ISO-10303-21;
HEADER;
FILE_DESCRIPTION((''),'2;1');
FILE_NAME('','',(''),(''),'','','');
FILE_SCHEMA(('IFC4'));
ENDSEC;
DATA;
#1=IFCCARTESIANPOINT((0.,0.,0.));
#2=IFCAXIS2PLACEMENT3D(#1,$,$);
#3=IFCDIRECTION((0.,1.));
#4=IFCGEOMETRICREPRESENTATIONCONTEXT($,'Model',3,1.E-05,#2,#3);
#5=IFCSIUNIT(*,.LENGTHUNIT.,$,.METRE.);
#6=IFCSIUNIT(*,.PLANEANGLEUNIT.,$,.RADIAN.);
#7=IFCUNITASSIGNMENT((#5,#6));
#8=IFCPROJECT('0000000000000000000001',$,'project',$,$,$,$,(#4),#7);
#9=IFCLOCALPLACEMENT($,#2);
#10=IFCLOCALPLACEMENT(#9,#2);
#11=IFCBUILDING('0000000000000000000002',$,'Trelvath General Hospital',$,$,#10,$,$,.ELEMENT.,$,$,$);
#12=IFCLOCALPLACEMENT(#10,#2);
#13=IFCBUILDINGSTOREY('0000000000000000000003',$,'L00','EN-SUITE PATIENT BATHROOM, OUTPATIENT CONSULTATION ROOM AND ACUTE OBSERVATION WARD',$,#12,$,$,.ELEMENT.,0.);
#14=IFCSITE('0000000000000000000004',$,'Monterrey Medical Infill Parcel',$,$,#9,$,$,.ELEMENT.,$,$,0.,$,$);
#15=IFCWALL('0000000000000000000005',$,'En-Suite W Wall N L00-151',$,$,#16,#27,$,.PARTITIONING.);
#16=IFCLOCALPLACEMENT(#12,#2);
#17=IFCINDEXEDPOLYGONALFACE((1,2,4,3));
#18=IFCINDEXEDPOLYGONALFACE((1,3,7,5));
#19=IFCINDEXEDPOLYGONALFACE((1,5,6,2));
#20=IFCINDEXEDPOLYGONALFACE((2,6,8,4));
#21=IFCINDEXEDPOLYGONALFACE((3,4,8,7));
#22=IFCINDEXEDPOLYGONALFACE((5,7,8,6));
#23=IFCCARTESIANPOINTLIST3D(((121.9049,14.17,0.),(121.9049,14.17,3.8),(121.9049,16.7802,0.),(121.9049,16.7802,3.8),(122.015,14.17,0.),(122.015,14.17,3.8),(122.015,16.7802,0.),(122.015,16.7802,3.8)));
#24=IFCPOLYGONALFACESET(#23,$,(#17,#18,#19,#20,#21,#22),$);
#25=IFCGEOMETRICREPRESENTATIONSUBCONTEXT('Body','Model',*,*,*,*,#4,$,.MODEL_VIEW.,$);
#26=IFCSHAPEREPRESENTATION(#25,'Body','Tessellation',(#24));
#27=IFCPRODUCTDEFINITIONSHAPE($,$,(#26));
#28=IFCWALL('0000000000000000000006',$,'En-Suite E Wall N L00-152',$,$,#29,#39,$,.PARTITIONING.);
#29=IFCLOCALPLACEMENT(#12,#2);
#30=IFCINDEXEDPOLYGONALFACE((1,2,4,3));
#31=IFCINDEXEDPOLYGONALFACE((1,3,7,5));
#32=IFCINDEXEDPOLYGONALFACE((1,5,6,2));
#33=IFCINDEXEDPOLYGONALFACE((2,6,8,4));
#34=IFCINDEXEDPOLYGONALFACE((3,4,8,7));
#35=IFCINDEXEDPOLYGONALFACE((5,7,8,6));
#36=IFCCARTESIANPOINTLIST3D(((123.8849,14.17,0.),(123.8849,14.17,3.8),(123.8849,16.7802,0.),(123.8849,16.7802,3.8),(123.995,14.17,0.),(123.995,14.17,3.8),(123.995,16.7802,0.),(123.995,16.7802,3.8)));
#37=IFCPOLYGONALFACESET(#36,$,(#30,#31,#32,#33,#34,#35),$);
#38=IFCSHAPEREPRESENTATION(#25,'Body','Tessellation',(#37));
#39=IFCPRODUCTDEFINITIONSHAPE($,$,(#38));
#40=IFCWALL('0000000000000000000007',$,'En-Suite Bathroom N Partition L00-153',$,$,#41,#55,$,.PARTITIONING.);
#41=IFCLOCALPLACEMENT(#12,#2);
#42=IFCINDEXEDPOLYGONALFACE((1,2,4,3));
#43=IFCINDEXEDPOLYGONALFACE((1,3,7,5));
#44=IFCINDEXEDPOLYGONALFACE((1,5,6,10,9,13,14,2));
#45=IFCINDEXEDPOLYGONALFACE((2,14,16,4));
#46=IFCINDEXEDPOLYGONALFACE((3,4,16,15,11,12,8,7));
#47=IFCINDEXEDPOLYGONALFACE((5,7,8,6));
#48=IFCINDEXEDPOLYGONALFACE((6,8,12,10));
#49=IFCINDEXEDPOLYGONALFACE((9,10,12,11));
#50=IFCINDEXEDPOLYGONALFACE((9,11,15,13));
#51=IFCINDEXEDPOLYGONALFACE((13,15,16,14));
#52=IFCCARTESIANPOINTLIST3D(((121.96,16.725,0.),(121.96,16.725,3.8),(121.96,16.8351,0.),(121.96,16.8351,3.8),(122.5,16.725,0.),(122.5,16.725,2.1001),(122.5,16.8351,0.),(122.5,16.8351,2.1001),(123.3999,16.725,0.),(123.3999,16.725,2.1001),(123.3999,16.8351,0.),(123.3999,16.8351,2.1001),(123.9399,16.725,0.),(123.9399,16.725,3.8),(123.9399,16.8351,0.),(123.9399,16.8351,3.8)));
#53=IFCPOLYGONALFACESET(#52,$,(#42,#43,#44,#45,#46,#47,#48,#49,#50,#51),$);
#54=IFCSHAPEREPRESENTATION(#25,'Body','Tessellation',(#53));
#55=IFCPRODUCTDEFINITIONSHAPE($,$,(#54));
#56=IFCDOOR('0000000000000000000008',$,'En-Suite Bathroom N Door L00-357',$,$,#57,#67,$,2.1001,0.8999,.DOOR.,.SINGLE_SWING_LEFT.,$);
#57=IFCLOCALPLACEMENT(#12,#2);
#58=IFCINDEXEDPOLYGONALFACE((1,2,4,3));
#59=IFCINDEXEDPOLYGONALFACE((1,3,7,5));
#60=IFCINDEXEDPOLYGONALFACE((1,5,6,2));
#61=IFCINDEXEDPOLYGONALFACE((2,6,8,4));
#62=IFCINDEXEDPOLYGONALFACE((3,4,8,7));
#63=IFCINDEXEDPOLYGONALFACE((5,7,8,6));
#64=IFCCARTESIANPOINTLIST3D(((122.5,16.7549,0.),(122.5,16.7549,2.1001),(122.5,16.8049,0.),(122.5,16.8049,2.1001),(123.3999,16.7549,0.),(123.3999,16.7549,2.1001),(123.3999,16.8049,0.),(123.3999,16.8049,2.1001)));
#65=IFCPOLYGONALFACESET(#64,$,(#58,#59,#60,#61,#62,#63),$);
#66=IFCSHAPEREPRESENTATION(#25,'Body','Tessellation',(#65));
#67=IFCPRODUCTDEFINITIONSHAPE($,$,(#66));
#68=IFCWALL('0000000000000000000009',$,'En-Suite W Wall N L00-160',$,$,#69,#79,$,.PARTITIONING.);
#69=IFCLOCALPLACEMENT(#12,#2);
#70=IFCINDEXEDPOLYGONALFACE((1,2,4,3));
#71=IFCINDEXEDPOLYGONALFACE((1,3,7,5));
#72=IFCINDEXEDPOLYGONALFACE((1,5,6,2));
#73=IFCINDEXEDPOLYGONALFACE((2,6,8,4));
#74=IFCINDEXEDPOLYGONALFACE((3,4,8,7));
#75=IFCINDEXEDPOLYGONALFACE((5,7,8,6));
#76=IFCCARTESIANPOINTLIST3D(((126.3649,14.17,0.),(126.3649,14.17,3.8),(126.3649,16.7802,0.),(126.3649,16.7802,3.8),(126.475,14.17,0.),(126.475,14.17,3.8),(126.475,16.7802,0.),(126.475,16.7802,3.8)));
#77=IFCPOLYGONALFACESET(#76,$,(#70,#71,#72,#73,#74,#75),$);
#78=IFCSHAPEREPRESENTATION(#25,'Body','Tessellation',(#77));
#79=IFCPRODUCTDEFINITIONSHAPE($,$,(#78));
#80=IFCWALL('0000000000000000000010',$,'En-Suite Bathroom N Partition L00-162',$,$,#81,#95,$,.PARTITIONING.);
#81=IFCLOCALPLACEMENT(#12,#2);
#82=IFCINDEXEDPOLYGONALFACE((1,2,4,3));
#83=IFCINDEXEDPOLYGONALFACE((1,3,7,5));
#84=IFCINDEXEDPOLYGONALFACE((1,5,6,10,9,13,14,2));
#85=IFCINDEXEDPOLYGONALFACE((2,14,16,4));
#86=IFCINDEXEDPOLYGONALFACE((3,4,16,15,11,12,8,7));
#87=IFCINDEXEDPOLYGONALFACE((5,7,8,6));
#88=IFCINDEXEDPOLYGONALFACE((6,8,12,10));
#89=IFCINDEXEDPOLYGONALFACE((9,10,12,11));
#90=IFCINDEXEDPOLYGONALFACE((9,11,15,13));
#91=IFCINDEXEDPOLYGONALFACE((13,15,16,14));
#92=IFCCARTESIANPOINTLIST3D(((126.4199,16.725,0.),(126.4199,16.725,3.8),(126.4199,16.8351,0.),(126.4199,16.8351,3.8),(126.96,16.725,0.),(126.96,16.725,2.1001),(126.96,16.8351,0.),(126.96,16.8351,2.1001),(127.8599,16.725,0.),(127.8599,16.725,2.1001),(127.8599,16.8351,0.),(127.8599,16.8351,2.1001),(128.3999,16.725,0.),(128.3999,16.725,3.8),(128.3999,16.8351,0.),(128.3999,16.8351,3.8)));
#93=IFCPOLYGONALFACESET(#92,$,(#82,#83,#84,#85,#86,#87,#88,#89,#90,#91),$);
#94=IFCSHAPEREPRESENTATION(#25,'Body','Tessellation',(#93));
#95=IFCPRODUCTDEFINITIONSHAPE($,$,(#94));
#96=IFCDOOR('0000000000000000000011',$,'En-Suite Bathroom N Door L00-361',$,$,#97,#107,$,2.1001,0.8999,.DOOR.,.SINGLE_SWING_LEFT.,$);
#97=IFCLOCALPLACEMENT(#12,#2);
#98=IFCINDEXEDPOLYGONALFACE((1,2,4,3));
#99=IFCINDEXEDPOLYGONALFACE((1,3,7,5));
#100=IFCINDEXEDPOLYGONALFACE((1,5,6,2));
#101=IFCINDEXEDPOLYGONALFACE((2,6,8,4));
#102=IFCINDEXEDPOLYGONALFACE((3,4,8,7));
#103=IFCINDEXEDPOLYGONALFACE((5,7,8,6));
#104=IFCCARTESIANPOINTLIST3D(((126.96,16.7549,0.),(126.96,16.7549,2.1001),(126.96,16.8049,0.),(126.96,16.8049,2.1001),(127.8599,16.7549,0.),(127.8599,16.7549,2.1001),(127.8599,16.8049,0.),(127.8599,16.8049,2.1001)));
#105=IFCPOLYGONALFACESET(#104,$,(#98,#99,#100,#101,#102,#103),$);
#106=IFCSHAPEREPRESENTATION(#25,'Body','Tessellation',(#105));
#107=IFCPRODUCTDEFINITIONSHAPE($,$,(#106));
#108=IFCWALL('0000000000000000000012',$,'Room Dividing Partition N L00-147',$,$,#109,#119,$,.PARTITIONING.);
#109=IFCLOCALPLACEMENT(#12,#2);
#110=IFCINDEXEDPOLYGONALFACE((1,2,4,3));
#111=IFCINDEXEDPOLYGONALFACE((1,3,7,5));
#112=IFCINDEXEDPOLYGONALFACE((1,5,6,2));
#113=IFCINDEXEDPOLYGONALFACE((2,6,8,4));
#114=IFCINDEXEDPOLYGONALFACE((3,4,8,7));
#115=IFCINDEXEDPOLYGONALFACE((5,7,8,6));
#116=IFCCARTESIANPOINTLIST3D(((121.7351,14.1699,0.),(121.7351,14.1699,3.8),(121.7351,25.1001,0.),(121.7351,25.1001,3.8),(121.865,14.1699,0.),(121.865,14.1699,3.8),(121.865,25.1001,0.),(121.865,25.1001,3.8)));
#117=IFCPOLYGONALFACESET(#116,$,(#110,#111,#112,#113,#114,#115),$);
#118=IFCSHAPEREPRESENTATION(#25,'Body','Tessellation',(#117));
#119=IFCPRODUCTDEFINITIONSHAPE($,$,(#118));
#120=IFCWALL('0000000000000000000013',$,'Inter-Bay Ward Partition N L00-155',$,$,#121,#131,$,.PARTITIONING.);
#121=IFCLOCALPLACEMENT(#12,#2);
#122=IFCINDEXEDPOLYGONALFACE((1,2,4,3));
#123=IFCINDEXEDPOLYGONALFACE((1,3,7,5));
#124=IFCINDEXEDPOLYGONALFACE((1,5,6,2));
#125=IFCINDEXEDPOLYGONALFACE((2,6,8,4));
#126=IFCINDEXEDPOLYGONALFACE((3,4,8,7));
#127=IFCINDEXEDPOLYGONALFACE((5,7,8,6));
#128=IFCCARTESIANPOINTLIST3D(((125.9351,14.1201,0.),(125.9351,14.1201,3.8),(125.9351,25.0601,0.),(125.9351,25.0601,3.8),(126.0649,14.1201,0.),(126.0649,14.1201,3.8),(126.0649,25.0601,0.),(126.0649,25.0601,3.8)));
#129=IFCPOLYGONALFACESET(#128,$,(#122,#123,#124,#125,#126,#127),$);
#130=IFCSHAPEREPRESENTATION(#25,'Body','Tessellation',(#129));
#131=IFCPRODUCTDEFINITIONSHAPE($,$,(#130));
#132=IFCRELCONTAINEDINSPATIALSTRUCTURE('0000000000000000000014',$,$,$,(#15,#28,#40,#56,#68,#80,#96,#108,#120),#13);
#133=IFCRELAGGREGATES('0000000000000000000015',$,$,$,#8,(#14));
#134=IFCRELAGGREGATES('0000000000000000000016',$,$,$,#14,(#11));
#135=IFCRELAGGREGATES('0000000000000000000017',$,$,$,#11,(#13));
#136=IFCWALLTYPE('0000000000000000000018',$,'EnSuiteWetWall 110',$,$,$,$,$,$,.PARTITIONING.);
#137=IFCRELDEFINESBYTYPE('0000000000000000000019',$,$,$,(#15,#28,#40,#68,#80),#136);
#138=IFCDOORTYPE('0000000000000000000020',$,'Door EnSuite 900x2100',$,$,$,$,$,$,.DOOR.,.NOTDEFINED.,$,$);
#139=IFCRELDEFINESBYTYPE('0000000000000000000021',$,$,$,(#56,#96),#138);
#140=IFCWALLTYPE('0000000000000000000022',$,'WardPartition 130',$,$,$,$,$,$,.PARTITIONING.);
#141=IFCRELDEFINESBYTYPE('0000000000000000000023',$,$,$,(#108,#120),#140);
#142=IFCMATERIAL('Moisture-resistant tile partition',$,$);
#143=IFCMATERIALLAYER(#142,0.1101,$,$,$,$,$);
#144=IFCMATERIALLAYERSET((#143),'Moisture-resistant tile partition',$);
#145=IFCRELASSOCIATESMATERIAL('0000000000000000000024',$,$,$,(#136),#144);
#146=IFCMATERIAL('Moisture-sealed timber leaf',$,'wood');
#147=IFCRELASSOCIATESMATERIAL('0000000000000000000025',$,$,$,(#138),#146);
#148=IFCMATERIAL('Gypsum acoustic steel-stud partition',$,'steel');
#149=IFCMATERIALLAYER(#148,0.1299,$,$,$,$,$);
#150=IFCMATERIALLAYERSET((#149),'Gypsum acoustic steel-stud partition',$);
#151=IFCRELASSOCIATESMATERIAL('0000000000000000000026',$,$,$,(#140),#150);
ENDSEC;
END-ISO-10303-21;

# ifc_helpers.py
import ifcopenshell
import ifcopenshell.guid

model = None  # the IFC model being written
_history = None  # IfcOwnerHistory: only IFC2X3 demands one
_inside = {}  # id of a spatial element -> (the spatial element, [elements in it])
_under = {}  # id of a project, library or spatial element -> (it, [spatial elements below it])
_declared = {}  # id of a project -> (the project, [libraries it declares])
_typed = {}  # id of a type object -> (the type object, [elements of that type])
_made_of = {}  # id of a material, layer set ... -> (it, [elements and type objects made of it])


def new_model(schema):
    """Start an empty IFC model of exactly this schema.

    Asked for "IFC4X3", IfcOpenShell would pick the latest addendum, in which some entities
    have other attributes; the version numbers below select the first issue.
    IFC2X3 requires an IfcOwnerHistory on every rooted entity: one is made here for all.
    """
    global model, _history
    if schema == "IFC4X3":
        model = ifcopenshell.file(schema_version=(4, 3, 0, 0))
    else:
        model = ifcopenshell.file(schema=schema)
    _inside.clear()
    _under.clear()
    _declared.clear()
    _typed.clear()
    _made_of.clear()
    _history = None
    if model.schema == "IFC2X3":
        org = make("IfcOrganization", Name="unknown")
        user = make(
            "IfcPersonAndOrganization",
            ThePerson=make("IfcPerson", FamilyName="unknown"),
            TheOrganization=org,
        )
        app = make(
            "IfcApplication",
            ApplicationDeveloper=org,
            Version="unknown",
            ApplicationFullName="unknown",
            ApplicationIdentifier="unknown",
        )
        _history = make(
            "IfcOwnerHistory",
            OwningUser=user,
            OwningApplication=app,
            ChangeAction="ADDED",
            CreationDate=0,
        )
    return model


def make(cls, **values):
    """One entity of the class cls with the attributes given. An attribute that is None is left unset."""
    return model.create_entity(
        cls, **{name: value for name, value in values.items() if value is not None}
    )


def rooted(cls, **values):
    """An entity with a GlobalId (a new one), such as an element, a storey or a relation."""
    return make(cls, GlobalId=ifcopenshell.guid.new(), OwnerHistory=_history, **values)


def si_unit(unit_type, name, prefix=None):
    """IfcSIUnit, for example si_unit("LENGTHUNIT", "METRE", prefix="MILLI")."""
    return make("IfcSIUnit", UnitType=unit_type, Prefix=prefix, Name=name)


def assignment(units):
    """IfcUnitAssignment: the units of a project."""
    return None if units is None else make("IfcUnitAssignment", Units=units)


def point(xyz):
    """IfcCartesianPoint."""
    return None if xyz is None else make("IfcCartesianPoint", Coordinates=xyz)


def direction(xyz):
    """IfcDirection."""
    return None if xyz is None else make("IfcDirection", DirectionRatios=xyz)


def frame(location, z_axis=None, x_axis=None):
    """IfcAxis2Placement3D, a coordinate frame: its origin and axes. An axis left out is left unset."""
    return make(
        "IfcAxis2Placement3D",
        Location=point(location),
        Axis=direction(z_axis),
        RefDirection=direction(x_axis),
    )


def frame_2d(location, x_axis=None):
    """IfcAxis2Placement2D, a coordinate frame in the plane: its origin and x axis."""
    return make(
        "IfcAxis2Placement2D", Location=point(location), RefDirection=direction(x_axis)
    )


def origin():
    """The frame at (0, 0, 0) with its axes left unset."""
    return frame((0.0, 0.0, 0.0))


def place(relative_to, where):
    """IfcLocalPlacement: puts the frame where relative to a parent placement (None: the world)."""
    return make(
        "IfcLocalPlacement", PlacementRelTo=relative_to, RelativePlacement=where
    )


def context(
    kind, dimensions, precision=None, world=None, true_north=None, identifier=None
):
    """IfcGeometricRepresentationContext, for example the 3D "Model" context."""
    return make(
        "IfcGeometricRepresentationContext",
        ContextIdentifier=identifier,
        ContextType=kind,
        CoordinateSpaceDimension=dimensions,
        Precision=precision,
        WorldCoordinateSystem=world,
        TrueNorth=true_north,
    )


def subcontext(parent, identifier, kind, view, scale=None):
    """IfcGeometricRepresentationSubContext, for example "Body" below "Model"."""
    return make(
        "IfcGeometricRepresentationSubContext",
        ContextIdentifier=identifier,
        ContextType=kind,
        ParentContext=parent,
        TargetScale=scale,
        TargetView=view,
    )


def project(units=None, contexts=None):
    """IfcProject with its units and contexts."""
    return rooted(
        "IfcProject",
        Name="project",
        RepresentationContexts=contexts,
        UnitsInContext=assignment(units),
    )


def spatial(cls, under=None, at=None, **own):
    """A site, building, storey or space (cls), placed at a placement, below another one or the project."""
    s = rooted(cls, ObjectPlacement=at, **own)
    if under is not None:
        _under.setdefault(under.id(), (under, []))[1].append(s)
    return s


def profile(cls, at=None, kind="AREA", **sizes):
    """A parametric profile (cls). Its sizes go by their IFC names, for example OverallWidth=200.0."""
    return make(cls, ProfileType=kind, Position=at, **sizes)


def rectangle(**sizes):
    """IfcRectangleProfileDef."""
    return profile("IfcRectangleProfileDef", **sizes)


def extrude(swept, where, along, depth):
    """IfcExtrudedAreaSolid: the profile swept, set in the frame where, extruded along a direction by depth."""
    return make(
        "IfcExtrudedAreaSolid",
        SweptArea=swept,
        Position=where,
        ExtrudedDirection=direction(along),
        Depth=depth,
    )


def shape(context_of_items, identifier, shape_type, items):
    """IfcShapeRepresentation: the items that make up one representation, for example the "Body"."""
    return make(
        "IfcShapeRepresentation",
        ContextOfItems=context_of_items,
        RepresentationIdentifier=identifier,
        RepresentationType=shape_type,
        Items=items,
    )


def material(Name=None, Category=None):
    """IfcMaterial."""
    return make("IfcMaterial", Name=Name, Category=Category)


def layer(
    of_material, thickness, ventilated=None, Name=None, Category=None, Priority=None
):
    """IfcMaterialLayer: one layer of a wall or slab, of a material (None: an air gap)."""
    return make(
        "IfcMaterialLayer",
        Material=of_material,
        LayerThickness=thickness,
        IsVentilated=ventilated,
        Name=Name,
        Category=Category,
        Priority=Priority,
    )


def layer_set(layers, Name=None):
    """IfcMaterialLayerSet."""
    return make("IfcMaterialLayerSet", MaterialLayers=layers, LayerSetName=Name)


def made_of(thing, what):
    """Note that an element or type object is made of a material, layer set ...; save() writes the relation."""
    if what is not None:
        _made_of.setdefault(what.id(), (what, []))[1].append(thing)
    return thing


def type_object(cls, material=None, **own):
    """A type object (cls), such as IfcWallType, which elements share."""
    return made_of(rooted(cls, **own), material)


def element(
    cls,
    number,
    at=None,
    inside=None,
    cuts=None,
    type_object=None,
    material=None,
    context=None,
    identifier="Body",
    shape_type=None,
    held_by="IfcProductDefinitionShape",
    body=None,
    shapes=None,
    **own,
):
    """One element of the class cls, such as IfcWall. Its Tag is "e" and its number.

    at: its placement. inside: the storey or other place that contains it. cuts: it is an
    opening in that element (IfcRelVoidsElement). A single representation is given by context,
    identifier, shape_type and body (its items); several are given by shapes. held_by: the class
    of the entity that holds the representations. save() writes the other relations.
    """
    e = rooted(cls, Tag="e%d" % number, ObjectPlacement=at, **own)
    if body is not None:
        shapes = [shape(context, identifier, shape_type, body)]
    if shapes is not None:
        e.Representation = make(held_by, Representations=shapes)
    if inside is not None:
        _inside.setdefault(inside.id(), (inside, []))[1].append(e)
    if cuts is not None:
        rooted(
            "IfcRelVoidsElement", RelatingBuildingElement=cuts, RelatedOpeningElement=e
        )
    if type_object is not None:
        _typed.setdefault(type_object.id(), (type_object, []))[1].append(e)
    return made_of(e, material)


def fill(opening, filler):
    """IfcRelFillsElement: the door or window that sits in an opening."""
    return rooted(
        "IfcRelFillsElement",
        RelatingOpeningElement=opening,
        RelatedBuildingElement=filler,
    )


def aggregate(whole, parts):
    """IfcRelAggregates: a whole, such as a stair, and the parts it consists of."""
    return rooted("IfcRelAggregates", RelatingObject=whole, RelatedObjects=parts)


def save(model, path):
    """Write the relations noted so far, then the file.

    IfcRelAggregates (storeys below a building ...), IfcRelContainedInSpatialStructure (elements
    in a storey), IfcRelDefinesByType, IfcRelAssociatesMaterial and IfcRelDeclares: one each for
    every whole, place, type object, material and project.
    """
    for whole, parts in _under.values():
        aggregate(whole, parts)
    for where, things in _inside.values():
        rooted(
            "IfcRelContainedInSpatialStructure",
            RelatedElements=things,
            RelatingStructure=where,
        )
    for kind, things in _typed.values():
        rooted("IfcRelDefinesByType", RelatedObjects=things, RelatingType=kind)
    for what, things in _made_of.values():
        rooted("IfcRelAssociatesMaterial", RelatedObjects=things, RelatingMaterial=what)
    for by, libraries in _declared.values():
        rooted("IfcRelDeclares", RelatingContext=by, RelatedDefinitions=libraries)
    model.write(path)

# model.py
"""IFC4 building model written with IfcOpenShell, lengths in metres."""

from ifc_helpers import new_model, si_unit, direction, frame, frame_2d, origin, place, context, subcontext, project, spatial, rectangle, extrude, material, layer, layer_set, type_object, element, fill, save


model = new_model("IFC4")

# Units and contexts
model_context = context("Model", 3, precision=1e-05, world=origin(), true_north=direction((0.0, 1.0)))
body_context = subcontext(model_context, "Body", "Model", "MODEL_VIEW")
ifc_project = project(units=[si_unit("LENGTHUNIT", "METRE"), si_unit("PLANEANGLEUNIT", "RADIAN")], contexts=[model_context])

# Site, building, storey
site_placement = place(None, origin())
site = spatial("IfcSite", under=ifc_project, at=site_placement, Name="Monterrey Medical Infill Parcel", CompositionType="ELEMENT", RefElevation=0.0)
building_placement = place(site_placement, origin())
building = spatial("IfcBuilding", under=site, at=building_placement, Name="Trelvath General Hospital", CompositionType="ELEMENT")
storey_placement = place(building_placement, origin())
storey = spatial("IfcBuildingStorey", under=building, at=storey_placement, Name="L00", Description="EN-SUITE PATIENT BATHROOM, OUTPATIENT CONSULTATION ROOM AND ACUTE OBSERVATION WARD", CompositionType="ELEMENT", Elevation=0.0)

# Shared definitions
ifc_material_1 = material(Name="Moisture-resistant tile partition")
ifc_layer_1 = layer(ifc_material_1, 0.1101)
ifc_layer_set_1 = layer_set([ifc_layer_1], Name="Moisture-resistant tile partition")
wall_type_1 = type_object("IfcWallType", Name="EnSuiteWetWall 110", PredefinedType="PARTITIONING", material=ifc_layer_set_1)

# Shared definitions
ifc_material_2 = material(Name="Moisture-sealed timber leaf", Category="wood")
door_type_1 = type_object("IfcDoorType", Name="Door EnSuite 900x2100", OperationType="NOTDEFINED", PredefinedType="DOOR", material=ifc_material_2)

# Walls
for number, where, z_axis, x_axis, name in (
    (1, (121.96, 14.1699, 0.0), (0.0, 0.0, 1.0), (0.0, 1.0, 0.0), "En-Suite W Wall N L00-151"),
    (2, (123.9399, 14.1699, 0.0), (0.0, 0.0, 1.0), (0.0, 1.0, 0.0), "En-Suite E Wall N L00-152"),
):
    element("IfcWall", number, at=place(storey_placement, frame(where, z_axis=z_axis, x_axis=x_axis)), inside=storey, type_object=wall_type_1, Name=name, PredefinedType="PARTITIONING", context=body_context, shape_type="SweptSolid", body=[
        extrude(rectangle(XDim=2.6101, YDim=0.1101, at=frame_2d((1.3052, 0.0))), origin(), (0.0, 0.0, 1.0), 3.8),
    ])

# Wall, opening, door
wall_1_placement = place(storey_placement, frame((121.96, 16.78, 0.0), z_axis=(0.0, 0.0, 1.0), x_axis=(1.0, 0.0, 0.0)))
wall_1 = element("IfcWall", 3, at=wall_1_placement, inside=storey, type_object=wall_type_1, Name="En-Suite Bathroom N Partition L00-153", PredefinedType="PARTITIONING", context=body_context, shape_type="SweptSolid", body=[
    extrude(rectangle(XDim=1.98, YDim=0.1101, at=frame_2d((0.99, 0.0))), origin(), (0.0, 0.0, 1.0), 3.8),
])
opening_1_placement = place(wall_1_placement, frame((0.54, 0.0, 0.0)))
opening_1 = element("IfcOpeningElement", 4, at=opening_1_placement, cuts=wall_1, PredefinedType="OPENING", context=body_context, shape_type="SweptSolid", body=[
    extrude(rectangle(XDim=0.8999, YDim=2.1001, at=frame_2d((0.45, 1.05))), frame((0.0, 0.0649, 0.0), z_axis=(0.0, -1.0, 0.0), x_axis=(1.0, 0.0, 0.0)), (0.0, 0.0, 1.0), 0.1301),
])
door_1_placement = place(opening_1_placement, origin())
door_1 = element("IfcDoor", 5, at=door_1_placement, inside=storey, type_object=door_type_1, Name="En-Suite Bathroom N Door L00-357", OperationType="SINGLE_SWING_LEFT", OverallHeight=2.1001, OverallWidth=0.8999, PredefinedType="DOOR", context=body_context, shape_type="SweptSolid", body=[
    extrude(rectangle(XDim=0.8999, YDim=2.1001, at=frame_2d((0.45, 1.05))), frame((0.0, 0.0249, 0.0), z_axis=(0.0, -1.0, 0.0), x_axis=(1.0, 0.0, 0.0)), (0.0, 0.0, 1.0), 0.05),
])
fill(opening_1, door_1)

# Wall
wall_2_placement = place(storey_placement, frame((126.4199, 14.1699, 0.0), z_axis=(0.0, 0.0, 1.0), x_axis=(0.0, 1.0, 0.0)))
element("IfcWall", 6, at=wall_2_placement, inside=storey, type_object=wall_type_1, Name="En-Suite W Wall N L00-160", PredefinedType="PARTITIONING", context=body_context, shape_type="SweptSolid", body=[
    extrude(rectangle(XDim=2.6101, YDim=0.1101, at=frame_2d((1.3052, 0.0))), origin(), (0.0, 0.0, 1.0), 3.8),
])

# Wall, opening, door
wall_3_placement = place(storey_placement, frame((126.4199, 16.78, 0.0), z_axis=(0.0, 0.0, 1.0), x_axis=(1.0, 0.0, 0.0)))
wall_3 = element("IfcWall", 7, at=wall_3_placement, inside=storey, type_object=wall_type_1, Name="En-Suite Bathroom N Partition L00-162", PredefinedType="PARTITIONING", context=body_context, shape_type="SweptSolid", body=[
    extrude(rectangle(XDim=1.98, YDim=0.1101, at=frame_2d((0.99, 0.0))), origin(), (0.0, 0.0, 1.0), 3.8),
])
opening_2_placement = place(wall_3_placement, frame((0.54, 0.0, 0.0)))
opening_2 = element("IfcOpeningElement", 8, at=opening_2_placement, cuts=wall_3, PredefinedType="OPENING", context=body_context, shape_type="SweptSolid", body=[
    extrude(rectangle(XDim=0.8999, YDim=2.1001, at=frame_2d((0.45, 1.05))), frame((0.0, 0.0649, 0.0), z_axis=(0.0, -1.0, 0.0), x_axis=(1.0, 0.0, 0.0)), (0.0, 0.0, 1.0), 0.1301),
])
door_2_placement = place(opening_2_placement, origin())
door_2 = element("IfcDoor", 9, at=door_2_placement, inside=storey, type_object=door_type_1, Name="En-Suite Bathroom N Door L00-361", OperationType="SINGLE_SWING_LEFT", OverallHeight=2.1001, OverallWidth=0.8999, PredefinedType="DOOR", context=body_context, shape_type="SweptSolid", body=[
    extrude(rectangle(XDim=0.8999, YDim=2.1001, at=frame_2d((0.45, 1.05))), frame((0.0, 0.0249, 0.0), z_axis=(0.0, -1.0, 0.0), x_axis=(1.0, 0.0, 0.0)), (0.0, 0.0, 1.0), 0.05),
])
fill(opening_2, door_2)

# Walls
ifc_material_3 = material(Name="Gypsum acoustic steel-stud partition", Category="steel")
ifc_layer_2 = layer(ifc_material_3, 0.1299)
ifc_layer_set_2 = layer_set([ifc_layer_2], Name="Gypsum acoustic steel-stud partition")
wall_type_2 = type_object("IfcWallType", Name="WardPartition 130", PredefinedType="PARTITIONING", material=ifc_layer_set_2)
wall_4_placement = place(storey_placement, frame((121.8, 14.1699, 0.0), z_axis=(0.0, 0.0, 1.0), x_axis=(0.0, 1.0, 0.0)))
element("IfcWall", 10, at=wall_4_placement, inside=storey, type_object=wall_type_2, Name="Room Dividing Partition N L00-147", PredefinedType="PARTITIONING", context=body_context, shape_type="SweptSolid", body=[
    extrude(rectangle(XDim=10.9302, YDim=0.1299, at=frame_2d((5.4651, 0.0))), origin(), (0.0, 0.0, 1.0), 3.8),
])
wall_5_placement = place(storey_placement, frame((126.0, 14.1201, 0.0), z_axis=(0.0, 0.0, 1.0), x_axis=(0.0, 1.0, 0.0)))
element("IfcWall", 11, at=wall_5_placement, inside=storey, type_object=wall_type_2, Name="Inter-Bay Ward Partition N L00-155", PredefinedType="PARTITIONING", context=body_context, shape_type="SweptSolid", body=[
    extrude(rectangle(XDim=10.9399, YDim=0.1299, at=frame_2d((5.47, 0.0))), origin(), (0.0, 0.0, 1.0), 3.8),
])

save(model, "model.ifc")
